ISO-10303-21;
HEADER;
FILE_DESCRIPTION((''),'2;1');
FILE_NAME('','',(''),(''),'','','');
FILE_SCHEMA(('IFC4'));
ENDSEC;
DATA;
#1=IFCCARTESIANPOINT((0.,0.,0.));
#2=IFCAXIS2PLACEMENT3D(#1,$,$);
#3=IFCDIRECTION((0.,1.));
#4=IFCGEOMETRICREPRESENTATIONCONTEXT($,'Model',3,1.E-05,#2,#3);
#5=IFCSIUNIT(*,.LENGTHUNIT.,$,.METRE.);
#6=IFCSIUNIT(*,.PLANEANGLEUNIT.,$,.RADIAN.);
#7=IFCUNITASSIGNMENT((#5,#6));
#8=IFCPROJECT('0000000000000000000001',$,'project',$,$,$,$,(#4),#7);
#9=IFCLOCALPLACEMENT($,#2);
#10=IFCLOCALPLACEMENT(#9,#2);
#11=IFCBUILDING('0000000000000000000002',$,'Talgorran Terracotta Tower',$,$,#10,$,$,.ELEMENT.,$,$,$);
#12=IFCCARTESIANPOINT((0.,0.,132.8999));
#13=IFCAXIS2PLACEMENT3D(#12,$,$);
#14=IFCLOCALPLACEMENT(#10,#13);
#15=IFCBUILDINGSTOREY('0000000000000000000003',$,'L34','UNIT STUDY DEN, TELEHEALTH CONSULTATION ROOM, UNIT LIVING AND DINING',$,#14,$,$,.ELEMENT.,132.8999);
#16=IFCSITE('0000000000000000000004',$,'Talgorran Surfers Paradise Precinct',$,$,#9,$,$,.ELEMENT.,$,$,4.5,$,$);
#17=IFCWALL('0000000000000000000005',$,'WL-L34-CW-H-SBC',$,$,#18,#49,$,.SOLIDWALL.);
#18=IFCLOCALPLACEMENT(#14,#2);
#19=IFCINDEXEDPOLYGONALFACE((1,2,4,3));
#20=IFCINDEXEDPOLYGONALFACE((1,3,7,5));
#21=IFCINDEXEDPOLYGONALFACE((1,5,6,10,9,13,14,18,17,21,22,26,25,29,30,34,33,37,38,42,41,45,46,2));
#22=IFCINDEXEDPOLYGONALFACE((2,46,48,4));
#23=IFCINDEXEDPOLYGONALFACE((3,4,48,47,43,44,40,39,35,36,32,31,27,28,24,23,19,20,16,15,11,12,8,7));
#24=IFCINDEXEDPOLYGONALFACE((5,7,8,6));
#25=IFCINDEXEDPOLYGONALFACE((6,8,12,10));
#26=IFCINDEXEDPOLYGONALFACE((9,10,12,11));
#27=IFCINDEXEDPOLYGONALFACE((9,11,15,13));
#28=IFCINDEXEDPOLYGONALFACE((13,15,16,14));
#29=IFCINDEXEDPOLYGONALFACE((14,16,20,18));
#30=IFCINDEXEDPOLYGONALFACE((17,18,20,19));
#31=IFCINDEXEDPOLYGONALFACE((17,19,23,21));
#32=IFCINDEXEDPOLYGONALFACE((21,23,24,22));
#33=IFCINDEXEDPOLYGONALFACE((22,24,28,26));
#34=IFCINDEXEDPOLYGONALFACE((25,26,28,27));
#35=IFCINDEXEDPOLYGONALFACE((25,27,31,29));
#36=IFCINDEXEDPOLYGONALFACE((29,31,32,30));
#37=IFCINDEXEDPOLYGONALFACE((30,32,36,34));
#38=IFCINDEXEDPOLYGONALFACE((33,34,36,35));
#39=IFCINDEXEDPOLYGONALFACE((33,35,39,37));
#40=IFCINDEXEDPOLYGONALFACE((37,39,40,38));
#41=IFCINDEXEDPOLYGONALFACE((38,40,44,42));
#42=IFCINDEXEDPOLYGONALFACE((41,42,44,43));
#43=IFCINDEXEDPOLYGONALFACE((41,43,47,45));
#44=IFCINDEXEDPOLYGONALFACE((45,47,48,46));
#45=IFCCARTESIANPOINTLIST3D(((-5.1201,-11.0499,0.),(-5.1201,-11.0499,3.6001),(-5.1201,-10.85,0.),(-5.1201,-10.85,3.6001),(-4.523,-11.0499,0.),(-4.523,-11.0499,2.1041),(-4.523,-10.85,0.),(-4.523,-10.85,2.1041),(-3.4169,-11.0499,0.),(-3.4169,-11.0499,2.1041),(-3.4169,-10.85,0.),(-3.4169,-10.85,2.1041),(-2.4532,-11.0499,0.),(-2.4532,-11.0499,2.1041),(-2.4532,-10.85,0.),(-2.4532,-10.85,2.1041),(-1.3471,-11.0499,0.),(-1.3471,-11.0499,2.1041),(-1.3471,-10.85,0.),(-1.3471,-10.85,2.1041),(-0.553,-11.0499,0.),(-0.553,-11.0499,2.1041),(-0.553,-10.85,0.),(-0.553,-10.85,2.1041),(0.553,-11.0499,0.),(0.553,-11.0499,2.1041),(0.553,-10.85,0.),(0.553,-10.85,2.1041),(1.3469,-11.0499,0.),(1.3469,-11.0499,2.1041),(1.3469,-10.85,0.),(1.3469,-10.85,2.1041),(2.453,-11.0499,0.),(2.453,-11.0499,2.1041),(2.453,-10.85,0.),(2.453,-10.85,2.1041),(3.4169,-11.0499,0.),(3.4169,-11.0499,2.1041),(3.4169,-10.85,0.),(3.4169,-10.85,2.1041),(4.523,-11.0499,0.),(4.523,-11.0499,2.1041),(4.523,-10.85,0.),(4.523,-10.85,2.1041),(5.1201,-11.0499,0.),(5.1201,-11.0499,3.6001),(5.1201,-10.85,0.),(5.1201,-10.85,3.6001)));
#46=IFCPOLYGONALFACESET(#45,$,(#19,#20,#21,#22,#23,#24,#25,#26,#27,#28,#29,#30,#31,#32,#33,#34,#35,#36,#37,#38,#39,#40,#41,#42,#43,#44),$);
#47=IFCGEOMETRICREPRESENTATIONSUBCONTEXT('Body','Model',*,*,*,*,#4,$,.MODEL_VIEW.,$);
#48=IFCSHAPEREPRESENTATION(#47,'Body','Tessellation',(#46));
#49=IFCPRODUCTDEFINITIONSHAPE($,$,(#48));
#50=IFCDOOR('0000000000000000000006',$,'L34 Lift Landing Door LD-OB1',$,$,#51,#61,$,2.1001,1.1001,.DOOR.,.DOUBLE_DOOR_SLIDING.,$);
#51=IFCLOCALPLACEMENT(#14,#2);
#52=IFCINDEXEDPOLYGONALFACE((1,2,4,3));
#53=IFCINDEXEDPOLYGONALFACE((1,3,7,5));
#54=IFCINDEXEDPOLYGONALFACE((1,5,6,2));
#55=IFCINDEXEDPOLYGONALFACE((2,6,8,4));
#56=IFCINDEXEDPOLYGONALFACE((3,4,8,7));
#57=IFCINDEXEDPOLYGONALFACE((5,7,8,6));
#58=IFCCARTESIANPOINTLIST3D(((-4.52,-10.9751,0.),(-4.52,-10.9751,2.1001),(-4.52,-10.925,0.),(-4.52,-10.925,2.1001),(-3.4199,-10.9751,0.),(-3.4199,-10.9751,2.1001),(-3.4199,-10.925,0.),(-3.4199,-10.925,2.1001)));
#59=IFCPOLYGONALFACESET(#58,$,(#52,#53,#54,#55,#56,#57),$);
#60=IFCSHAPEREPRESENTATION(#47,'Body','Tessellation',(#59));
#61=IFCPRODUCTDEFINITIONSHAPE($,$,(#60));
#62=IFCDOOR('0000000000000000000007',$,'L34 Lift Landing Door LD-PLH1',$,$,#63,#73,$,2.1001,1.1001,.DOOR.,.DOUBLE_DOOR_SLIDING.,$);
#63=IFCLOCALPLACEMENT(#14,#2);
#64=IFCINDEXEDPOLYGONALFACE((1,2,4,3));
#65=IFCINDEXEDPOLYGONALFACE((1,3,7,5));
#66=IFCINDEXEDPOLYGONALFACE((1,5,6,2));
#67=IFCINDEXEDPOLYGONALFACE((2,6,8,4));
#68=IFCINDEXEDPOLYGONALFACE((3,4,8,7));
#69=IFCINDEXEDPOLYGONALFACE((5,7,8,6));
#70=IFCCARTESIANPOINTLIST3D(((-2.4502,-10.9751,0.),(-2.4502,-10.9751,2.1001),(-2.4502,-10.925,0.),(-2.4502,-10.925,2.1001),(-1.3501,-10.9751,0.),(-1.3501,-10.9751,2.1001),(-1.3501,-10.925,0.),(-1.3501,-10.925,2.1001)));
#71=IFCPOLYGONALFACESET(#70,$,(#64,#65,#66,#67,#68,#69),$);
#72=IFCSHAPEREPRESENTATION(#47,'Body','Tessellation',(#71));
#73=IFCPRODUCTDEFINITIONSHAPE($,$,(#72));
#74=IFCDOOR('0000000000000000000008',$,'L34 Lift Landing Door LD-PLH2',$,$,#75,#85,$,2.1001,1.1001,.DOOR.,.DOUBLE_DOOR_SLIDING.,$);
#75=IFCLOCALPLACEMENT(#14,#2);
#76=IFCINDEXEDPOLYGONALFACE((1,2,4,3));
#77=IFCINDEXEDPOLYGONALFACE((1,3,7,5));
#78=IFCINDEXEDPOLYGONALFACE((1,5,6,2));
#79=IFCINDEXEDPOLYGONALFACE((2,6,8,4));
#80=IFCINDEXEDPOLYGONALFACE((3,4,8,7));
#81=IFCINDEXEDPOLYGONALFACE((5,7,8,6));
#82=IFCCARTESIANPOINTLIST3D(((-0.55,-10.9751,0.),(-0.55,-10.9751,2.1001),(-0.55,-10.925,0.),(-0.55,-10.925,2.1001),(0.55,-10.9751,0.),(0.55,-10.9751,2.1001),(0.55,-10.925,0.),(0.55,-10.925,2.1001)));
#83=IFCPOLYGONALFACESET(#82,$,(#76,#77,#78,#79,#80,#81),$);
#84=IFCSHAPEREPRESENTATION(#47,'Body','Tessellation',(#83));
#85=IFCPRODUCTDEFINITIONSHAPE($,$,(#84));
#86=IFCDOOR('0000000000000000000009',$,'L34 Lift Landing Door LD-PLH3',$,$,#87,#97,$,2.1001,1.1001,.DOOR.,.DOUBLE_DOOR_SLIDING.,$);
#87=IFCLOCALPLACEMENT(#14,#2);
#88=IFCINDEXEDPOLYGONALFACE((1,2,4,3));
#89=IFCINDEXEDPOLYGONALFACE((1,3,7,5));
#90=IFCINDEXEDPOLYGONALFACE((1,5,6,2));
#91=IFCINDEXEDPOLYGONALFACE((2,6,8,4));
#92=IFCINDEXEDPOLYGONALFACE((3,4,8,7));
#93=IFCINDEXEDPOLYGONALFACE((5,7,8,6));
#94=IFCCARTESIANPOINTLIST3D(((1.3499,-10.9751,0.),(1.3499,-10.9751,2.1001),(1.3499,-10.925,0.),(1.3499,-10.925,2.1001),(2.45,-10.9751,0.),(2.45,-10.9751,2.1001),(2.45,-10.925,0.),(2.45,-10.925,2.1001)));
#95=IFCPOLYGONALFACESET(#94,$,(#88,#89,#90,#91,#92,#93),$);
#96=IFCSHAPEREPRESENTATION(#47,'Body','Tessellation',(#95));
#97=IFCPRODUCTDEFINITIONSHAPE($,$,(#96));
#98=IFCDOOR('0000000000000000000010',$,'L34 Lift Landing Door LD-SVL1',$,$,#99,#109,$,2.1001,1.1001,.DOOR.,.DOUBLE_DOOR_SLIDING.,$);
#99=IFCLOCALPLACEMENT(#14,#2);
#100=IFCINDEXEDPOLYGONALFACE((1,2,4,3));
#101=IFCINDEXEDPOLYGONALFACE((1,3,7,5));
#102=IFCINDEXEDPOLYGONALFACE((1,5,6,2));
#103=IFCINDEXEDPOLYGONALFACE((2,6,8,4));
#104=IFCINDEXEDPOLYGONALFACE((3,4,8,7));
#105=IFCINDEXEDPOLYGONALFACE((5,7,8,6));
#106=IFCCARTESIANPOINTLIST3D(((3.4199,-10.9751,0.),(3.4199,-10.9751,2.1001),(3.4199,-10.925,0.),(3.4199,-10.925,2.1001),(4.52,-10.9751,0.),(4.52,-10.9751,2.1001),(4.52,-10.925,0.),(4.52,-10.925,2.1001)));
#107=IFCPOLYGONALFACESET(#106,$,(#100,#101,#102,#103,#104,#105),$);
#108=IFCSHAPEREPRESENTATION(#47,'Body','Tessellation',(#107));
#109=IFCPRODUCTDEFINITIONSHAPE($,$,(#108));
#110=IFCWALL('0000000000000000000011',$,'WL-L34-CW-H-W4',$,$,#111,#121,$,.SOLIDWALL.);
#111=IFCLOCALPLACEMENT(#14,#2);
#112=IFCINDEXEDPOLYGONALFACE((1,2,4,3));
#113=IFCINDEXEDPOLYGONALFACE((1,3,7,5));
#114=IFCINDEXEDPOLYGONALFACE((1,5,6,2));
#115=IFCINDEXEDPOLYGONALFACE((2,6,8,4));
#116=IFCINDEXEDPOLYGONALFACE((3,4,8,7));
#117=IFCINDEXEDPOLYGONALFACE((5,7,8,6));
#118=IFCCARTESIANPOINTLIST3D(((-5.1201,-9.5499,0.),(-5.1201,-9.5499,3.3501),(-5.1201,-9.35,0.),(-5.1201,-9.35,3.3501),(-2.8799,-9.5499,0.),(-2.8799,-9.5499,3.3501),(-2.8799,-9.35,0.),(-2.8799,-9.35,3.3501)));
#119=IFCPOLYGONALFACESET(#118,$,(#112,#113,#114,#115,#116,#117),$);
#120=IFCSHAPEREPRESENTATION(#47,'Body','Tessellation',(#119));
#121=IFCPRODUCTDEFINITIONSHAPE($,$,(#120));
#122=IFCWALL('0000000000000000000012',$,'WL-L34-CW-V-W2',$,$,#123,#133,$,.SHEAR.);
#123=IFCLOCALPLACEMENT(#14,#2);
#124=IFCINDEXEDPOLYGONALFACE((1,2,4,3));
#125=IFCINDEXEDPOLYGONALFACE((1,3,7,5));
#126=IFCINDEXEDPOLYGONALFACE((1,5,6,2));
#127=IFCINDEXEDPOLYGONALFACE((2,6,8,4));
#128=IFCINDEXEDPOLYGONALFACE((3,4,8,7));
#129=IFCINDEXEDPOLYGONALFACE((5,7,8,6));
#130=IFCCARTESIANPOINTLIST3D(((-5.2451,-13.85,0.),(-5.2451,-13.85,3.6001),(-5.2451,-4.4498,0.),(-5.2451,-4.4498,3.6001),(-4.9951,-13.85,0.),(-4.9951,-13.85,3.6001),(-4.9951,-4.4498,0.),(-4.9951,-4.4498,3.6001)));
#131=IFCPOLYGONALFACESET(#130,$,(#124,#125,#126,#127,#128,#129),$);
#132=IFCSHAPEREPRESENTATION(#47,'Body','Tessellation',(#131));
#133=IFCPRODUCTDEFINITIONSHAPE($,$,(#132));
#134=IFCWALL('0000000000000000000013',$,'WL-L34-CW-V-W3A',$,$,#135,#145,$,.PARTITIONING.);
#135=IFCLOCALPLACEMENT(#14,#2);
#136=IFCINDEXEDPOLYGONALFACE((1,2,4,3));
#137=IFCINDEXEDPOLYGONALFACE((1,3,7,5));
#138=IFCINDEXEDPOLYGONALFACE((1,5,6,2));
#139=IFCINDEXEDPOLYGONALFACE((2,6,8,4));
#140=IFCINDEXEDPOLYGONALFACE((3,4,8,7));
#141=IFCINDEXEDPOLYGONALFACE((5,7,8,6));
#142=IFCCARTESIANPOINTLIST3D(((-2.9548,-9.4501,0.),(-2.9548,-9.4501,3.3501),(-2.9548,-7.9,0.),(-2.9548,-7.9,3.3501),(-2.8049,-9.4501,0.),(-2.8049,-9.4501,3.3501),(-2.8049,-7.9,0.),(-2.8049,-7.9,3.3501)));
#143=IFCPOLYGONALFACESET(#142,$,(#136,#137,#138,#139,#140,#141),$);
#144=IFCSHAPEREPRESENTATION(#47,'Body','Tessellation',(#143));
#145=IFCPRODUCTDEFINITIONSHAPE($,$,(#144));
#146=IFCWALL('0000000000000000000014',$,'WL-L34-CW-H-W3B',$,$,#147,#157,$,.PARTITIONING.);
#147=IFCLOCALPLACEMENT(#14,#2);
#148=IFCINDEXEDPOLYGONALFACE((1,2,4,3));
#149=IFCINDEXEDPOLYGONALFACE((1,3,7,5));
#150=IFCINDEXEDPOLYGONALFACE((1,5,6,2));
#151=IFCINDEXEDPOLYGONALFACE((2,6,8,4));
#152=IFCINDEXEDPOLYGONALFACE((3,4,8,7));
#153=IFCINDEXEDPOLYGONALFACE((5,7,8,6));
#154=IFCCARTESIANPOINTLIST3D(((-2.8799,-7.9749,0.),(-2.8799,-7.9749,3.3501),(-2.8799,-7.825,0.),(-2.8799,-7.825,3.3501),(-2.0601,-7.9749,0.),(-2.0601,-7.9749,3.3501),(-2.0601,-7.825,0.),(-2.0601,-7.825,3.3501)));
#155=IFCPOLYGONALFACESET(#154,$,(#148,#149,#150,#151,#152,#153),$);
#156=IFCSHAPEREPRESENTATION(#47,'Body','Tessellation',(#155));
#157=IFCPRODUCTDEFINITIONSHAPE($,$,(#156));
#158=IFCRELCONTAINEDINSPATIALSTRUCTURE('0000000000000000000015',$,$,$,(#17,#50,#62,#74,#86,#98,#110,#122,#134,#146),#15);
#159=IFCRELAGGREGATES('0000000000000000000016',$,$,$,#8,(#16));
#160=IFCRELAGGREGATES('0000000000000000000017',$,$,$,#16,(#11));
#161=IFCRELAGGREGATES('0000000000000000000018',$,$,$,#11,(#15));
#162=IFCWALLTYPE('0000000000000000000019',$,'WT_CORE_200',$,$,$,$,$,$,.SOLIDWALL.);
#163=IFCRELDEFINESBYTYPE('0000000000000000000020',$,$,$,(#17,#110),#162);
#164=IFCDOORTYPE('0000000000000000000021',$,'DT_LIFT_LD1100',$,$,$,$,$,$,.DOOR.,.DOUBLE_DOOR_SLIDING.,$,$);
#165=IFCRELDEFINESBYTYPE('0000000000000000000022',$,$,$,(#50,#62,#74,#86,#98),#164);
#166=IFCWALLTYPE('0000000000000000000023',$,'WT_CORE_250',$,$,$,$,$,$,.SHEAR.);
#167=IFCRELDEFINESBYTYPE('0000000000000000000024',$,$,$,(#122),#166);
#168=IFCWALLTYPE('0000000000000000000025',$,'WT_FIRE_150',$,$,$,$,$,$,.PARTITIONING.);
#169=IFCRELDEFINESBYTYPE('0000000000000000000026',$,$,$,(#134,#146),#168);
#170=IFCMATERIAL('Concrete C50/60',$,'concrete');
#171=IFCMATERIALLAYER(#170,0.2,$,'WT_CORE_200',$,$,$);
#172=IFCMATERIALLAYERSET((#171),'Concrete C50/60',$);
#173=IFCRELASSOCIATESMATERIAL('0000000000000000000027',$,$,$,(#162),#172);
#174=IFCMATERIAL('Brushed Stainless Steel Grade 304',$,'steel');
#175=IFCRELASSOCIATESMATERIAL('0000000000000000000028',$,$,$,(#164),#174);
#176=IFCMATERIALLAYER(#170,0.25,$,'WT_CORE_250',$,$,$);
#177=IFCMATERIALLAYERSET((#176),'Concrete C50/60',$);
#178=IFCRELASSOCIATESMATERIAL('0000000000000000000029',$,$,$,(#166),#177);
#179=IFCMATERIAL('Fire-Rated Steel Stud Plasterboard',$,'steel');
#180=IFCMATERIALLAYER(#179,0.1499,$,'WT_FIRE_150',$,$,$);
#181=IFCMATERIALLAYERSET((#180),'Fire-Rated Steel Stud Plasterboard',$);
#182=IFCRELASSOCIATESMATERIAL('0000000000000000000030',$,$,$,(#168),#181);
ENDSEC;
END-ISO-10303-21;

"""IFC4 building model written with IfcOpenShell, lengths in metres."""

from ifc_helpers import new_model, si_unit, direction, frame, frame_2d, origin, place, context, subcontext, project, spatial, rectangle, extrude, material, layer, layer_set, type_object, element, fill, save


model = new_model("IFC4")

# Units and contexts
model_context = context("Model", 3, precision=1e-05, world=origin(), true_north=direction((0.0, 1.0)))
body_context = subcontext(model_context, "Body", "Model", "MODEL_VIEW")
ifc_project = project(units=[si_unit("LENGTHUNIT", "METRE"), si_unit("PLANEANGLEUNIT", "RADIAN")], contexts=[model_context])

# Site, building, storey
site_placement = place(None, origin())
site = spatial("IfcSite", under=ifc_project, at=site_placement, Name="Talgorran Surfers Paradise Precinct", CompositionType="ELEMENT", RefElevation=4.5)
building_placement = place(site_placement, origin())
building = spatial("IfcBuilding", under=site, at=building_placement, Name="Talgorran Terracotta Tower", CompositionType="ELEMENT")
storey_placement = place(building_placement, frame((0.0, 0.0, 132.8999)))
storey = spatial("IfcBuildingStorey", under=building, at=storey_placement, Name="L34", Description="UNIT STUDY DEN, TELEHEALTH CONSULTATION ROOM, UNIT LIVING AND DINING", CompositionType="ELEMENT", Elevation=132.8999)

# Shared definitions
ifc_material_1 = material(Name="Concrete C50/60", Category="concrete")

# Shared definitions
ifc_layer_1 = layer(ifc_material_1, 0.2, Name="WT_CORE_200")
ifc_layer_set_1 = layer_set([ifc_layer_1], Name="Concrete C50/60")
wall_type_1 = type_object("IfcWallType", Name="WT_CORE_200", PredefinedType="SOLIDWALL", material=ifc_layer_set_1)

# Wall, openings, doors
ifc_material_2 = material(Name="Brushed Stainless Steel Grade 304", Category="steel")
door_type_1 = type_object("IfcDoorType", Name="DT_LIFT_LD1100", OperationType="DOUBLE_DOOR_SLIDING", PredefinedType="DOOR", material=ifc_material_2)
wall_1_placement = place(storey_placement, frame((-5.1201, -10.95, 0.0), z_axis=(0.0, 0.0, 1.0), x_axis=(1.0, 0.0, 0.0)))
wall_1 = element("IfcWall", 1, at=wall_1_placement, inside=storey, type_object=wall_type_1, Name="WL-L34-CW-H-SBC", PredefinedType="SOLIDWALL", context=body_context, shape_type="SweptSolid", body=[
    extrude(rectangle(XDim=10.2402, YDim=0.2, at=frame_2d((5.1201, 0.0))), origin(), (0.0, 0.0, 1.0), 3.6001),
])
opening_1_placement = place(wall_1_placement, frame((0.6001, 0.0, 0.0)))
opening_1 = element("IfcOpeningElement", 2, at=opening_1_placement, cuts=wall_1, PredefinedType="OPENING", context=body_context, shape_type="SweptSolid", body=[
    extrude(rectangle(XDim=1.1061, YDim=2.1041, at=frame_2d((0.55, 1.052))), frame((0.0, 0.1099, 0.0), z_axis=(0.0, -1.0, 0.0), x_axis=(1.0, 0.0, 0.0)), (0.0, 0.0, 1.0), 0.22),
])
opening_2_placement = place(wall_1_placement, frame((2.6699, 0.0, 0.0)))
opening_2 = element("IfcOpeningElement", 3, at=opening_2_placement, cuts=wall_1, PredefinedType="OPENING", context=body_context, shape_type="SweptSolid", body=[
    extrude(rectangle(XDim=1.1061, YDim=2.1041, at=frame_2d((0.55, 1.052))), frame((0.0, 0.1099, 0.0), z_axis=(0.0, -1.0, 0.0), x_axis=(1.0, 0.0, 0.0)), (0.0, 0.0, 1.0), 0.22),
])
opening_3_placement = place(wall_1_placement, frame((4.5701, 0.0, 0.0)))
opening_3 = element("IfcOpeningElement", 4, at=opening_3_placement, cuts=wall_1, PredefinedType="OPENING", context=body_context, shape_type="SweptSolid", body=[
    extrude(rectangle(XDim=1.1061, YDim=2.1041, at=frame_2d((0.55, 1.052))), frame((0.0, 0.1099, 0.0), z_axis=(0.0, -1.0, 0.0), x_axis=(1.0, 0.0, 0.0)), (0.0, 0.0, 1.0), 0.22),
])
opening_4_placement = place(wall_1_placement, frame((6.47, 0.0, 0.0)))
opening_4 = element("IfcOpeningElement", 5, at=opening_4_placement, cuts=wall_1, PredefinedType="OPENING", context=body_context, shape_type="SweptSolid", body=[
    extrude(rectangle(XDim=1.1061, YDim=2.1041, at=frame_2d((0.55, 1.052))), frame((0.0, 0.1099, 0.0), z_axis=(0.0, -1.0, 0.0), x_axis=(1.0, 0.0, 0.0)), (0.0, 0.0, 1.0), 0.22),
])
opening_5_placement = place(wall_1_placement, frame((8.54, 0.0, 0.0)))
opening_5 = element("IfcOpeningElement", 6, at=opening_5_placement, cuts=wall_1, PredefinedType="OPENING", context=body_context, shape_type="SweptSolid", body=[
    extrude(rectangle(XDim=1.1061, YDim=2.1041, at=frame_2d((0.55, 1.052))), frame((0.0, 0.1099, 0.0), z_axis=(0.0, -1.0, 0.0), x_axis=(1.0, 0.0, 0.0)), (0.0, 0.0, 1.0), 0.22),
])
door_1_placement = place(opening_1_placement, origin())
door_1 = element("IfcDoor", 7, at=door_1_placement, inside=storey, type_object=door_type_1, Name="L34 Lift Landing Door LD-OB1", OperationType="DOUBLE_DOOR_SLIDING", OverallHeight=2.1001, OverallWidth=1.1001, PredefinedType="DOOR", context=body_context, shape_type="SweptSolid", body=[
    extrude(rectangle(XDim=1.1001, YDim=2.1001, at=frame_2d((0.55, 1.05))), frame((0.0, 0.0249, 0.0), z_axis=(0.0, -1.0, 0.0), x_axis=(1.0, 0.0, 0.0)), (0.0, 0.0, 1.0), 0.05),
])
fill(opening_1, door_1)
door_2_placement = place(opening_2_placement, origin())
door_2 = element("IfcDoor", 8, at=door_2_placement, inside=storey, type_object=door_type_1, Name="L34 Lift Landing Door LD-PLH1", OperationType="DOUBLE_DOOR_SLIDING", OverallHeight=2.1001, OverallWidth=1.1001, PredefinedType="DOOR", context=body_context, shape_type="SweptSolid", body=[
    extrude(rectangle(XDim=1.1001, YDim=2.1001, at=frame_2d((0.55, 1.05))), frame((0.0, 0.0249, 0.0), z_axis=(0.0, -1.0, 0.0), x_axis=(1.0, 0.0, 0.0)), (0.0, 0.0, 1.0), 0.05),
])
fill(opening_2, door_2)
door_3_placement = place(opening_3_placement, origin())
door_3 = element("IfcDoor", 9, at=door_3_placement, inside=storey, type_object=door_type_1, Name="L34 Lift Landing Door LD-PLH2", OperationType="DOUBLE_DOOR_SLIDING", OverallHeight=2.1001, OverallWidth=1.1001, PredefinedType="DOOR", context=body_context, shape_type="SweptSolid", body=[
    extrude(rectangle(XDim=1.1001, YDim=2.1001, at=frame_2d((0.55, 1.05))), frame((0.0, 0.0249, 0.0), z_axis=(0.0, -1.0, 0.0), x_axis=(1.0, 0.0, 0.0)), (0.0, 0.0, 1.0), 0.05),
])
fill(opening_3, door_3)
door_4_placement = place(opening_4_placement, origin())
door_4 = element("IfcDoor", 10, at=door_4_placement, inside=storey, type_object=door_type_1, Name="L34 Lift Landing Door LD-PLH3", OperationType="DOUBLE_DOOR_SLIDING", OverallHeight=2.1001, OverallWidth=1.1001, PredefinedType="DOOR", context=body_context, shape_type="SweptSolid", body=[
    extrude(rectangle(XDim=1.1001, YDim=2.1001, at=frame_2d((0.55, 1.05))), frame((0.0, 0.0249, 0.0), z_axis=(0.0, -1.0, 0.0), x_axis=(1.0, 0.0, 0.0)), (0.0, 0.0, 1.0), 0.05),
])
fill(opening_4, door_4)
door_5_placement = place(opening_5_placement, origin())
door_5 = element("IfcDoor", 11, at=door_5_placement, inside=storey, type_object=door_type_1, Name="L34 Lift Landing Door LD-SVL1", OperationType="DOUBLE_DOOR_SLIDING", OverallHeight=2.1001, OverallWidth=1.1001, PredefinedType="DOOR", context=body_context, shape_type="SweptSolid", body=[
    extrude(rectangle(XDim=1.1001, YDim=2.1001, at=frame_2d((0.55, 1.05))), frame((0.0, 0.0249, 0.0), z_axis=(0.0, -1.0, 0.0), x_axis=(1.0, 0.0, 0.0)), (0.0, 0.0, 1.0), 0.05),
])
fill(opening_5, door_5)

# Walls
wall_2_placement = place(storey_placement, frame((-5.1201, -9.45, 0.0), z_axis=(0.0, 0.0, 1.0), x_axis=(1.0, 0.0, 0.0)))
element("IfcWall", 12, at=wall_2_placement, inside=storey, type_object=wall_type_1, Name="WL-L34-CW-H-W4", PredefinedType="SOLIDWALL", context=body_context, shape_type="SweptSolid", body=[
    extrude(rectangle(XDim=2.2402, YDim=0.2, at=frame_2d((1.1201, 0.0))), origin(), (0.0, 0.0, 1.0), 3.3501),
])
ifc_layer_2 = layer(ifc_material_1, 0.25, Name="WT_CORE_250")
ifc_layer_set_2 = layer_set([ifc_layer_2], Name="Concrete C50/60")
wall_type_2 = type_object("IfcWallType", Name="WT_CORE_250", PredefinedType="SHEAR", material=ifc_layer_set_2)
wall_3_placement = place(storey_placement, frame((-5.1201, -13.8501, 0.0), z_axis=(0.0, 0.0, 1.0), x_axis=(0.0, 1.0, 0.0)))
element("IfcWall", 13, at=wall_3_placement, inside=storey, type_object=wall_type_2, Name="WL-L34-CW-V-W2", PredefinedType="SHEAR", context=body_context, shape_type="SweptSolid", body=[
    extrude(rectangle(XDim=9.4001, YDim=0.25, at=frame_2d((4.7002, 0.0))), origin(), (0.0, 0.0, 1.0), 3.6001),
])
ifc_material_3 = material(Name="Fire-Rated Steel Stud Plasterboard", Category="steel")
ifc_layer_3 = layer(ifc_material_3, 0.1499, Name="WT_FIRE_150")
ifc_layer_set_3 = layer_set([ifc_layer_3], Name="Fire-Rated Steel Stud Plasterboard")
wall_type_3 = type_object("IfcWallType", Name="WT_FIRE_150", PredefinedType="PARTITIONING", material=ifc_layer_set_3)
wall_4_placement = place(storey_placement, frame((-2.8799, -9.45, 0.0), z_axis=(0.0, 0.0, 1.0), x_axis=(0.0, 1.0, 0.0)))
element("IfcWall", 14, at=wall_4_placement, inside=storey, type_object=wall_type_3, Name="WL-L34-CW-V-W3A", PredefinedType="PARTITIONING", context=body_context, shape_type="SweptSolid", body=[
    extrude(rectangle(XDim=1.55, YDim=0.1499, at=frame_2d((0.7749, 0.0))), origin(), (0.0, 0.0, 1.0), 3.3501),
])
wall_5_placement = place(storey_placement, frame((-2.8799, -7.8999, 0.0), z_axis=(0.0, 0.0, 1.0), x_axis=(1.0, 0.0, 0.0)))
element("IfcWall", 15, at=wall_5_placement, inside=storey, type_object=wall_type_3, Name="WL-L34-CW-H-W3B", PredefinedType="PARTITIONING", context=body_context, shape_type="SweptSolid", body=[
    extrude(rectangle(XDim=0.8198, YDim=0.1499, at=frame_2d((0.4099, 0.0))), origin(), (0.0, 0.0, 1.0), 3.3501),
])

save(model, "model.ifc")
